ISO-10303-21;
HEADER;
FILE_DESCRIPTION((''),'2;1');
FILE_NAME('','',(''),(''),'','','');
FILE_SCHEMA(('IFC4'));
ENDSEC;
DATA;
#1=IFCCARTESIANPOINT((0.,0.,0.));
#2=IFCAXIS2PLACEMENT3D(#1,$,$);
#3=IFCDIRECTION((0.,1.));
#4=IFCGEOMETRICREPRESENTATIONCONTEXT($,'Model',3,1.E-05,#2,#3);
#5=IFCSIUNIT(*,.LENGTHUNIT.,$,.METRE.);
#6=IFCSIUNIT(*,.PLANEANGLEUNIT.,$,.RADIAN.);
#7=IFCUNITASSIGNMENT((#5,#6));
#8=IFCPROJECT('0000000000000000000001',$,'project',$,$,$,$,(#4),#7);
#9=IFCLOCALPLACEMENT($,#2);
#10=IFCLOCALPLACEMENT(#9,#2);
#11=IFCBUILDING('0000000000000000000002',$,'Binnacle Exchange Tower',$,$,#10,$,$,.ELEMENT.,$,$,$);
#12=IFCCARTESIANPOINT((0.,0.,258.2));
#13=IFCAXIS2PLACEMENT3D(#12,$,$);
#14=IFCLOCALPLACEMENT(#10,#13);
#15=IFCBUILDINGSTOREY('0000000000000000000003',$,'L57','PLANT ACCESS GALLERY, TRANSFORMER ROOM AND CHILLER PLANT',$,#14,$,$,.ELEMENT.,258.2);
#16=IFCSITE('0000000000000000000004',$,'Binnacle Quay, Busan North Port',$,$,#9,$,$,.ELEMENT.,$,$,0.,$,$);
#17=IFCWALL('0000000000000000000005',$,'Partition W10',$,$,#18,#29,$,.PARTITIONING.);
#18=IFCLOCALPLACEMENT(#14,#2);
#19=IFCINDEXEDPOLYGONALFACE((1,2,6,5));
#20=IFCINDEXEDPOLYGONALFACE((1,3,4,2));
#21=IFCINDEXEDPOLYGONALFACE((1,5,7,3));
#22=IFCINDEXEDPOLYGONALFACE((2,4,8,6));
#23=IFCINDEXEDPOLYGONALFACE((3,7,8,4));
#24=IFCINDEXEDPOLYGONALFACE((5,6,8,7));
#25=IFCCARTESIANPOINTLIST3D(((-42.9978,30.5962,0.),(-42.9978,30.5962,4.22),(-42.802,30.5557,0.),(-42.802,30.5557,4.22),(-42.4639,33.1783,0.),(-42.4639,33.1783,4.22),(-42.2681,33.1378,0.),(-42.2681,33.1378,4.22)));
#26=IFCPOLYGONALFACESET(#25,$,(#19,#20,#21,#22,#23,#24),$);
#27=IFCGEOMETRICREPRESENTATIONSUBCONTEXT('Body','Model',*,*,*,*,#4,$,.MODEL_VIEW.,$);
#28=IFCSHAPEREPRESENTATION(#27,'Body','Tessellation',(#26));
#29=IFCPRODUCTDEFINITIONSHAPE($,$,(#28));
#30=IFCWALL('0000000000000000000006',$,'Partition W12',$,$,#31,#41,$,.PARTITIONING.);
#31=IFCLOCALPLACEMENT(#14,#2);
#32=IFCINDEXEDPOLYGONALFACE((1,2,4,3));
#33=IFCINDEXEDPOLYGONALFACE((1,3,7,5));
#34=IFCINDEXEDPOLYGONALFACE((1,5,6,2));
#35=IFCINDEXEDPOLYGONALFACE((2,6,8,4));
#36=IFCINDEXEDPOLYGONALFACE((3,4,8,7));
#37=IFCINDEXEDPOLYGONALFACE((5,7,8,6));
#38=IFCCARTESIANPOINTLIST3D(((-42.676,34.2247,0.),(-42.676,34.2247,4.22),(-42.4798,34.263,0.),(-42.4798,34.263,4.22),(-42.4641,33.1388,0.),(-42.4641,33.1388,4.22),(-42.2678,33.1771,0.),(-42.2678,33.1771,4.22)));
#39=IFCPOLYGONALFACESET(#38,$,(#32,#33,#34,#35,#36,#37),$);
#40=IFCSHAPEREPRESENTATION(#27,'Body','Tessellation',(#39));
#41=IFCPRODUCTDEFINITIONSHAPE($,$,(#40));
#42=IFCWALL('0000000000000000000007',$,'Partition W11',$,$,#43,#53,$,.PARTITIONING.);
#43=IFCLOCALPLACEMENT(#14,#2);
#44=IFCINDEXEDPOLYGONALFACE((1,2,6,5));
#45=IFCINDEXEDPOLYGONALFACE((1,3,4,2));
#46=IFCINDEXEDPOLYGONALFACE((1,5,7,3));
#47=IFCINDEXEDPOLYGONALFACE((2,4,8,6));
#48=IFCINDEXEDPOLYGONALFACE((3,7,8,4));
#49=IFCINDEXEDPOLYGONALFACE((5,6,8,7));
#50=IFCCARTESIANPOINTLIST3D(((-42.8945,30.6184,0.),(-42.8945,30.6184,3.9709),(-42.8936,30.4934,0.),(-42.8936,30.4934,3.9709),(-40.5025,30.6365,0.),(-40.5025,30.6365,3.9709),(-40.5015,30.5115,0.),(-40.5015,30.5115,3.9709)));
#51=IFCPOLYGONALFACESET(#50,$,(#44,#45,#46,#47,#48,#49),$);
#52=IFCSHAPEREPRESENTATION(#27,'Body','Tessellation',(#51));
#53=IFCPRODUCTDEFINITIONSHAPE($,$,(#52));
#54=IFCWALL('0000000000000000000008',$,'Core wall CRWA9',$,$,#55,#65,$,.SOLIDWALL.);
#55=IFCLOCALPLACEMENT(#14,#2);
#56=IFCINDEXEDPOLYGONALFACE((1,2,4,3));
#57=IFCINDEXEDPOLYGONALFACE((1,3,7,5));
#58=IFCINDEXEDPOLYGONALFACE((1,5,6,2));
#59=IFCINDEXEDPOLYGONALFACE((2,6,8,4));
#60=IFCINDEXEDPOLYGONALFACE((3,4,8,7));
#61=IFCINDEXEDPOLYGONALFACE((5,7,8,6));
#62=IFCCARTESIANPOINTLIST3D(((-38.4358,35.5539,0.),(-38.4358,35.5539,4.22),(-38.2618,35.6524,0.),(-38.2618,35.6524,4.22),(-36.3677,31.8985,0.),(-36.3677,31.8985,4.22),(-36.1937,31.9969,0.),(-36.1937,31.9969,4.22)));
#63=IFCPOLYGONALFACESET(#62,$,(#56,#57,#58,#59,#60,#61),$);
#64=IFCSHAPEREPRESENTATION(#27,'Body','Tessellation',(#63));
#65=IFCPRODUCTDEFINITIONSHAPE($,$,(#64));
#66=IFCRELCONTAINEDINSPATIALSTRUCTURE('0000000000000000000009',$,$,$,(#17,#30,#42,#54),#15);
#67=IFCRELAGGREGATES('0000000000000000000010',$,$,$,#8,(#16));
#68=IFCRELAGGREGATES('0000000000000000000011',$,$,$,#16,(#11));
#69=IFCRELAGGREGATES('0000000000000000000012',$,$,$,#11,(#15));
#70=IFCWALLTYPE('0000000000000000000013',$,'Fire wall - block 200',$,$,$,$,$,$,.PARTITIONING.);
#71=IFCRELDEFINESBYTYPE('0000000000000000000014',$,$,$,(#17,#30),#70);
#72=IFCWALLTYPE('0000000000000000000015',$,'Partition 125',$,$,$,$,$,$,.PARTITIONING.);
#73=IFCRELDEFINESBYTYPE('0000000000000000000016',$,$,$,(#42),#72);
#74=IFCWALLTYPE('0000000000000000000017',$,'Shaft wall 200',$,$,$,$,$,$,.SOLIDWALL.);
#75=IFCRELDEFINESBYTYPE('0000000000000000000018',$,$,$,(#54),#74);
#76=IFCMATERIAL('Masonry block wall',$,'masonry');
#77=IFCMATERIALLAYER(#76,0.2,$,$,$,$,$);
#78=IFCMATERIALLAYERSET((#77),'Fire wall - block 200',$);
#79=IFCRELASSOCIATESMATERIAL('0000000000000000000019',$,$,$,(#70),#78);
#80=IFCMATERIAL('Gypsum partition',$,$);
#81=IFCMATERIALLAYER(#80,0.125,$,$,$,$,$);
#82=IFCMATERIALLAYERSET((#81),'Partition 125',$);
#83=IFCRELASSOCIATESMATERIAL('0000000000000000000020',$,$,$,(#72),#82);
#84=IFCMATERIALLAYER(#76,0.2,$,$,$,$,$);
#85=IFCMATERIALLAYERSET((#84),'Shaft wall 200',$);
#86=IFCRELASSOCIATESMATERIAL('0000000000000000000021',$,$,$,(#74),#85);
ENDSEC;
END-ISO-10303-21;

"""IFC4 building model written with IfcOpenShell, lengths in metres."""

from ifc_helpers import new_model, si_unit, direction, frame, frame_2d, origin, place, context, subcontext, project, spatial, rectangle, extrude, material, layer, layer_set, type_object, element, save


model = new_model("IFC4")

# Units and contexts
model_context = context("Model", 3, precision=1e-05, world=origin(), true_north=direction((0.0, 1.0)))
body_context = subcontext(model_context, "Body", "Model", "MODEL_VIEW")
ifc_project = project(units=[si_unit("LENGTHUNIT", "METRE"), si_unit("PLANEANGLEUNIT", "RADIAN")], contexts=[model_context])

# Site, building, storey
site_placement = place(None, origin())
site = spatial("IfcSite", under=ifc_project, at=site_placement, Name="Binnacle Quay, Busan North Port", CompositionType="ELEMENT", RefElevation=0.0)
building_placement = place(site_placement, origin())
building = spatial("IfcBuilding", under=site, at=building_placement, Name="Binnacle Exchange Tower", CompositionType="ELEMENT")
storey_placement = place(building_placement, frame((0.0, 0.0, 258.2)))
storey = spatial("IfcBuildingStorey", under=building, at=storey_placement, Name="L57", Description="PLANT ACCESS GALLERY, TRANSFORMER ROOM AND CHILLER PLANT", CompositionType="ELEMENT", Elevation=258.2)

# Walls
ifc_material_1 = material(Name="Masonry block wall", Category="masonry")
ifc_layer_1 = layer(ifc_material_1, 0.2)
ifc_layer_set_1 = layer_set([ifc_layer_1], Name="Fire wall - block 200")
wall_type_1 = type_object("IfcWallType", Name="Fire wall - block 200", PredefinedType="PARTITIONING", material=ifc_layer_set_1)
wall_1_placement = place(storey_placement, frame((-42.8999, 30.5759, 0.0), z_axis=(0.0, 0.0, 1.0), x_axis=(0.202505, 0.979281, 0.0)))
element("IfcWall", 1, at=wall_1_placement, inside=storey, type_object=wall_type_1, Name="Partition W10", PredefinedType="PARTITIONING", context=body_context, shape_type="SweptSolid", body=[
    extrude(rectangle(XDim=2.6367, YDim=0.2, at=frame_2d((1.3184, 0.0))), origin(), (0.0, 0.0, 1.0), 4.22),
])
wall_2_placement = place(storey_placement, frame((-42.5779, 34.2439, 0.0), z_axis=(0.0, 0.0, 1.0), x_axis=(0.191531, -0.981487, 0.0)))
element("IfcWall", 2, at=wall_2_placement, inside=storey, type_object=wall_type_1, Name="Partition W12", PredefinedType="PARTITIONING", context=body_context, shape_type="SweptSolid", body=[
    extrude(rectangle(XDim=1.1064, YDim=0.2, at=frame_2d((0.5532, 0.0))), origin(), (0.0, 0.0, 1.0), 4.22),
])
ifc_material_2 = material(Name="Gypsum partition")
ifc_layer_2 = layer(ifc_material_2, 0.125)
ifc_layer_set_2 = layer_set([ifc_layer_2], Name="Partition 125")
wall_type_2 = type_object("IfcWallType", Name="Partition 125", PredefinedType="PARTITIONING", material=ifc_layer_set_2)
wall_3_placement = place(storey_placement, frame((-42.894, 30.5559, 0.0), z_axis=(0.0, 0.0, 1.0), x_axis=(0.999971, 0.007552, 0.0)))
element("IfcWall", 3, at=wall_3_placement, inside=storey, type_object=wall_type_2, Name="Partition W11", PredefinedType="PARTITIONING", context=body_context, shape_type="SweptSolid", body=[
    extrude(rectangle(XDim=2.3921, YDim=0.125, at=frame_2d((1.196, 0.0))), origin(), (0.0, 0.0, 1.0), 3.9709),
])
ifc_layer_3 = layer(ifc_material_1, 0.2)
ifc_layer_set_3 = layer_set([ifc_layer_3], Name="Shaft wall 200")
wall_type_3 = type_object("IfcWallType", Name="Shaft wall 200", PredefinedType="SOLIDWALL", material=ifc_layer_set_3)
wall_4_placement = place(storey_placement, frame((-38.3489, 35.6033, 0.0), z_axis=(0.0, 0.0, 1.0), x_axis=(0.49241, -0.870364, 0.0)))
element("IfcWall", 4, at=wall_4_placement, inside=storey, type_object=wall_type_3, Name="Core wall CRWA9", PredefinedType="SOLIDWALL", context=body_context, shape_type="SweptSolid", body=[
    extrude(rectangle(XDim=4.2, YDim=0.2, at=frame_2d((2.1001, 0.0))), origin(), (0.0, 0.0, 1.0), 4.22),
])

save(model, "model.ifc")
